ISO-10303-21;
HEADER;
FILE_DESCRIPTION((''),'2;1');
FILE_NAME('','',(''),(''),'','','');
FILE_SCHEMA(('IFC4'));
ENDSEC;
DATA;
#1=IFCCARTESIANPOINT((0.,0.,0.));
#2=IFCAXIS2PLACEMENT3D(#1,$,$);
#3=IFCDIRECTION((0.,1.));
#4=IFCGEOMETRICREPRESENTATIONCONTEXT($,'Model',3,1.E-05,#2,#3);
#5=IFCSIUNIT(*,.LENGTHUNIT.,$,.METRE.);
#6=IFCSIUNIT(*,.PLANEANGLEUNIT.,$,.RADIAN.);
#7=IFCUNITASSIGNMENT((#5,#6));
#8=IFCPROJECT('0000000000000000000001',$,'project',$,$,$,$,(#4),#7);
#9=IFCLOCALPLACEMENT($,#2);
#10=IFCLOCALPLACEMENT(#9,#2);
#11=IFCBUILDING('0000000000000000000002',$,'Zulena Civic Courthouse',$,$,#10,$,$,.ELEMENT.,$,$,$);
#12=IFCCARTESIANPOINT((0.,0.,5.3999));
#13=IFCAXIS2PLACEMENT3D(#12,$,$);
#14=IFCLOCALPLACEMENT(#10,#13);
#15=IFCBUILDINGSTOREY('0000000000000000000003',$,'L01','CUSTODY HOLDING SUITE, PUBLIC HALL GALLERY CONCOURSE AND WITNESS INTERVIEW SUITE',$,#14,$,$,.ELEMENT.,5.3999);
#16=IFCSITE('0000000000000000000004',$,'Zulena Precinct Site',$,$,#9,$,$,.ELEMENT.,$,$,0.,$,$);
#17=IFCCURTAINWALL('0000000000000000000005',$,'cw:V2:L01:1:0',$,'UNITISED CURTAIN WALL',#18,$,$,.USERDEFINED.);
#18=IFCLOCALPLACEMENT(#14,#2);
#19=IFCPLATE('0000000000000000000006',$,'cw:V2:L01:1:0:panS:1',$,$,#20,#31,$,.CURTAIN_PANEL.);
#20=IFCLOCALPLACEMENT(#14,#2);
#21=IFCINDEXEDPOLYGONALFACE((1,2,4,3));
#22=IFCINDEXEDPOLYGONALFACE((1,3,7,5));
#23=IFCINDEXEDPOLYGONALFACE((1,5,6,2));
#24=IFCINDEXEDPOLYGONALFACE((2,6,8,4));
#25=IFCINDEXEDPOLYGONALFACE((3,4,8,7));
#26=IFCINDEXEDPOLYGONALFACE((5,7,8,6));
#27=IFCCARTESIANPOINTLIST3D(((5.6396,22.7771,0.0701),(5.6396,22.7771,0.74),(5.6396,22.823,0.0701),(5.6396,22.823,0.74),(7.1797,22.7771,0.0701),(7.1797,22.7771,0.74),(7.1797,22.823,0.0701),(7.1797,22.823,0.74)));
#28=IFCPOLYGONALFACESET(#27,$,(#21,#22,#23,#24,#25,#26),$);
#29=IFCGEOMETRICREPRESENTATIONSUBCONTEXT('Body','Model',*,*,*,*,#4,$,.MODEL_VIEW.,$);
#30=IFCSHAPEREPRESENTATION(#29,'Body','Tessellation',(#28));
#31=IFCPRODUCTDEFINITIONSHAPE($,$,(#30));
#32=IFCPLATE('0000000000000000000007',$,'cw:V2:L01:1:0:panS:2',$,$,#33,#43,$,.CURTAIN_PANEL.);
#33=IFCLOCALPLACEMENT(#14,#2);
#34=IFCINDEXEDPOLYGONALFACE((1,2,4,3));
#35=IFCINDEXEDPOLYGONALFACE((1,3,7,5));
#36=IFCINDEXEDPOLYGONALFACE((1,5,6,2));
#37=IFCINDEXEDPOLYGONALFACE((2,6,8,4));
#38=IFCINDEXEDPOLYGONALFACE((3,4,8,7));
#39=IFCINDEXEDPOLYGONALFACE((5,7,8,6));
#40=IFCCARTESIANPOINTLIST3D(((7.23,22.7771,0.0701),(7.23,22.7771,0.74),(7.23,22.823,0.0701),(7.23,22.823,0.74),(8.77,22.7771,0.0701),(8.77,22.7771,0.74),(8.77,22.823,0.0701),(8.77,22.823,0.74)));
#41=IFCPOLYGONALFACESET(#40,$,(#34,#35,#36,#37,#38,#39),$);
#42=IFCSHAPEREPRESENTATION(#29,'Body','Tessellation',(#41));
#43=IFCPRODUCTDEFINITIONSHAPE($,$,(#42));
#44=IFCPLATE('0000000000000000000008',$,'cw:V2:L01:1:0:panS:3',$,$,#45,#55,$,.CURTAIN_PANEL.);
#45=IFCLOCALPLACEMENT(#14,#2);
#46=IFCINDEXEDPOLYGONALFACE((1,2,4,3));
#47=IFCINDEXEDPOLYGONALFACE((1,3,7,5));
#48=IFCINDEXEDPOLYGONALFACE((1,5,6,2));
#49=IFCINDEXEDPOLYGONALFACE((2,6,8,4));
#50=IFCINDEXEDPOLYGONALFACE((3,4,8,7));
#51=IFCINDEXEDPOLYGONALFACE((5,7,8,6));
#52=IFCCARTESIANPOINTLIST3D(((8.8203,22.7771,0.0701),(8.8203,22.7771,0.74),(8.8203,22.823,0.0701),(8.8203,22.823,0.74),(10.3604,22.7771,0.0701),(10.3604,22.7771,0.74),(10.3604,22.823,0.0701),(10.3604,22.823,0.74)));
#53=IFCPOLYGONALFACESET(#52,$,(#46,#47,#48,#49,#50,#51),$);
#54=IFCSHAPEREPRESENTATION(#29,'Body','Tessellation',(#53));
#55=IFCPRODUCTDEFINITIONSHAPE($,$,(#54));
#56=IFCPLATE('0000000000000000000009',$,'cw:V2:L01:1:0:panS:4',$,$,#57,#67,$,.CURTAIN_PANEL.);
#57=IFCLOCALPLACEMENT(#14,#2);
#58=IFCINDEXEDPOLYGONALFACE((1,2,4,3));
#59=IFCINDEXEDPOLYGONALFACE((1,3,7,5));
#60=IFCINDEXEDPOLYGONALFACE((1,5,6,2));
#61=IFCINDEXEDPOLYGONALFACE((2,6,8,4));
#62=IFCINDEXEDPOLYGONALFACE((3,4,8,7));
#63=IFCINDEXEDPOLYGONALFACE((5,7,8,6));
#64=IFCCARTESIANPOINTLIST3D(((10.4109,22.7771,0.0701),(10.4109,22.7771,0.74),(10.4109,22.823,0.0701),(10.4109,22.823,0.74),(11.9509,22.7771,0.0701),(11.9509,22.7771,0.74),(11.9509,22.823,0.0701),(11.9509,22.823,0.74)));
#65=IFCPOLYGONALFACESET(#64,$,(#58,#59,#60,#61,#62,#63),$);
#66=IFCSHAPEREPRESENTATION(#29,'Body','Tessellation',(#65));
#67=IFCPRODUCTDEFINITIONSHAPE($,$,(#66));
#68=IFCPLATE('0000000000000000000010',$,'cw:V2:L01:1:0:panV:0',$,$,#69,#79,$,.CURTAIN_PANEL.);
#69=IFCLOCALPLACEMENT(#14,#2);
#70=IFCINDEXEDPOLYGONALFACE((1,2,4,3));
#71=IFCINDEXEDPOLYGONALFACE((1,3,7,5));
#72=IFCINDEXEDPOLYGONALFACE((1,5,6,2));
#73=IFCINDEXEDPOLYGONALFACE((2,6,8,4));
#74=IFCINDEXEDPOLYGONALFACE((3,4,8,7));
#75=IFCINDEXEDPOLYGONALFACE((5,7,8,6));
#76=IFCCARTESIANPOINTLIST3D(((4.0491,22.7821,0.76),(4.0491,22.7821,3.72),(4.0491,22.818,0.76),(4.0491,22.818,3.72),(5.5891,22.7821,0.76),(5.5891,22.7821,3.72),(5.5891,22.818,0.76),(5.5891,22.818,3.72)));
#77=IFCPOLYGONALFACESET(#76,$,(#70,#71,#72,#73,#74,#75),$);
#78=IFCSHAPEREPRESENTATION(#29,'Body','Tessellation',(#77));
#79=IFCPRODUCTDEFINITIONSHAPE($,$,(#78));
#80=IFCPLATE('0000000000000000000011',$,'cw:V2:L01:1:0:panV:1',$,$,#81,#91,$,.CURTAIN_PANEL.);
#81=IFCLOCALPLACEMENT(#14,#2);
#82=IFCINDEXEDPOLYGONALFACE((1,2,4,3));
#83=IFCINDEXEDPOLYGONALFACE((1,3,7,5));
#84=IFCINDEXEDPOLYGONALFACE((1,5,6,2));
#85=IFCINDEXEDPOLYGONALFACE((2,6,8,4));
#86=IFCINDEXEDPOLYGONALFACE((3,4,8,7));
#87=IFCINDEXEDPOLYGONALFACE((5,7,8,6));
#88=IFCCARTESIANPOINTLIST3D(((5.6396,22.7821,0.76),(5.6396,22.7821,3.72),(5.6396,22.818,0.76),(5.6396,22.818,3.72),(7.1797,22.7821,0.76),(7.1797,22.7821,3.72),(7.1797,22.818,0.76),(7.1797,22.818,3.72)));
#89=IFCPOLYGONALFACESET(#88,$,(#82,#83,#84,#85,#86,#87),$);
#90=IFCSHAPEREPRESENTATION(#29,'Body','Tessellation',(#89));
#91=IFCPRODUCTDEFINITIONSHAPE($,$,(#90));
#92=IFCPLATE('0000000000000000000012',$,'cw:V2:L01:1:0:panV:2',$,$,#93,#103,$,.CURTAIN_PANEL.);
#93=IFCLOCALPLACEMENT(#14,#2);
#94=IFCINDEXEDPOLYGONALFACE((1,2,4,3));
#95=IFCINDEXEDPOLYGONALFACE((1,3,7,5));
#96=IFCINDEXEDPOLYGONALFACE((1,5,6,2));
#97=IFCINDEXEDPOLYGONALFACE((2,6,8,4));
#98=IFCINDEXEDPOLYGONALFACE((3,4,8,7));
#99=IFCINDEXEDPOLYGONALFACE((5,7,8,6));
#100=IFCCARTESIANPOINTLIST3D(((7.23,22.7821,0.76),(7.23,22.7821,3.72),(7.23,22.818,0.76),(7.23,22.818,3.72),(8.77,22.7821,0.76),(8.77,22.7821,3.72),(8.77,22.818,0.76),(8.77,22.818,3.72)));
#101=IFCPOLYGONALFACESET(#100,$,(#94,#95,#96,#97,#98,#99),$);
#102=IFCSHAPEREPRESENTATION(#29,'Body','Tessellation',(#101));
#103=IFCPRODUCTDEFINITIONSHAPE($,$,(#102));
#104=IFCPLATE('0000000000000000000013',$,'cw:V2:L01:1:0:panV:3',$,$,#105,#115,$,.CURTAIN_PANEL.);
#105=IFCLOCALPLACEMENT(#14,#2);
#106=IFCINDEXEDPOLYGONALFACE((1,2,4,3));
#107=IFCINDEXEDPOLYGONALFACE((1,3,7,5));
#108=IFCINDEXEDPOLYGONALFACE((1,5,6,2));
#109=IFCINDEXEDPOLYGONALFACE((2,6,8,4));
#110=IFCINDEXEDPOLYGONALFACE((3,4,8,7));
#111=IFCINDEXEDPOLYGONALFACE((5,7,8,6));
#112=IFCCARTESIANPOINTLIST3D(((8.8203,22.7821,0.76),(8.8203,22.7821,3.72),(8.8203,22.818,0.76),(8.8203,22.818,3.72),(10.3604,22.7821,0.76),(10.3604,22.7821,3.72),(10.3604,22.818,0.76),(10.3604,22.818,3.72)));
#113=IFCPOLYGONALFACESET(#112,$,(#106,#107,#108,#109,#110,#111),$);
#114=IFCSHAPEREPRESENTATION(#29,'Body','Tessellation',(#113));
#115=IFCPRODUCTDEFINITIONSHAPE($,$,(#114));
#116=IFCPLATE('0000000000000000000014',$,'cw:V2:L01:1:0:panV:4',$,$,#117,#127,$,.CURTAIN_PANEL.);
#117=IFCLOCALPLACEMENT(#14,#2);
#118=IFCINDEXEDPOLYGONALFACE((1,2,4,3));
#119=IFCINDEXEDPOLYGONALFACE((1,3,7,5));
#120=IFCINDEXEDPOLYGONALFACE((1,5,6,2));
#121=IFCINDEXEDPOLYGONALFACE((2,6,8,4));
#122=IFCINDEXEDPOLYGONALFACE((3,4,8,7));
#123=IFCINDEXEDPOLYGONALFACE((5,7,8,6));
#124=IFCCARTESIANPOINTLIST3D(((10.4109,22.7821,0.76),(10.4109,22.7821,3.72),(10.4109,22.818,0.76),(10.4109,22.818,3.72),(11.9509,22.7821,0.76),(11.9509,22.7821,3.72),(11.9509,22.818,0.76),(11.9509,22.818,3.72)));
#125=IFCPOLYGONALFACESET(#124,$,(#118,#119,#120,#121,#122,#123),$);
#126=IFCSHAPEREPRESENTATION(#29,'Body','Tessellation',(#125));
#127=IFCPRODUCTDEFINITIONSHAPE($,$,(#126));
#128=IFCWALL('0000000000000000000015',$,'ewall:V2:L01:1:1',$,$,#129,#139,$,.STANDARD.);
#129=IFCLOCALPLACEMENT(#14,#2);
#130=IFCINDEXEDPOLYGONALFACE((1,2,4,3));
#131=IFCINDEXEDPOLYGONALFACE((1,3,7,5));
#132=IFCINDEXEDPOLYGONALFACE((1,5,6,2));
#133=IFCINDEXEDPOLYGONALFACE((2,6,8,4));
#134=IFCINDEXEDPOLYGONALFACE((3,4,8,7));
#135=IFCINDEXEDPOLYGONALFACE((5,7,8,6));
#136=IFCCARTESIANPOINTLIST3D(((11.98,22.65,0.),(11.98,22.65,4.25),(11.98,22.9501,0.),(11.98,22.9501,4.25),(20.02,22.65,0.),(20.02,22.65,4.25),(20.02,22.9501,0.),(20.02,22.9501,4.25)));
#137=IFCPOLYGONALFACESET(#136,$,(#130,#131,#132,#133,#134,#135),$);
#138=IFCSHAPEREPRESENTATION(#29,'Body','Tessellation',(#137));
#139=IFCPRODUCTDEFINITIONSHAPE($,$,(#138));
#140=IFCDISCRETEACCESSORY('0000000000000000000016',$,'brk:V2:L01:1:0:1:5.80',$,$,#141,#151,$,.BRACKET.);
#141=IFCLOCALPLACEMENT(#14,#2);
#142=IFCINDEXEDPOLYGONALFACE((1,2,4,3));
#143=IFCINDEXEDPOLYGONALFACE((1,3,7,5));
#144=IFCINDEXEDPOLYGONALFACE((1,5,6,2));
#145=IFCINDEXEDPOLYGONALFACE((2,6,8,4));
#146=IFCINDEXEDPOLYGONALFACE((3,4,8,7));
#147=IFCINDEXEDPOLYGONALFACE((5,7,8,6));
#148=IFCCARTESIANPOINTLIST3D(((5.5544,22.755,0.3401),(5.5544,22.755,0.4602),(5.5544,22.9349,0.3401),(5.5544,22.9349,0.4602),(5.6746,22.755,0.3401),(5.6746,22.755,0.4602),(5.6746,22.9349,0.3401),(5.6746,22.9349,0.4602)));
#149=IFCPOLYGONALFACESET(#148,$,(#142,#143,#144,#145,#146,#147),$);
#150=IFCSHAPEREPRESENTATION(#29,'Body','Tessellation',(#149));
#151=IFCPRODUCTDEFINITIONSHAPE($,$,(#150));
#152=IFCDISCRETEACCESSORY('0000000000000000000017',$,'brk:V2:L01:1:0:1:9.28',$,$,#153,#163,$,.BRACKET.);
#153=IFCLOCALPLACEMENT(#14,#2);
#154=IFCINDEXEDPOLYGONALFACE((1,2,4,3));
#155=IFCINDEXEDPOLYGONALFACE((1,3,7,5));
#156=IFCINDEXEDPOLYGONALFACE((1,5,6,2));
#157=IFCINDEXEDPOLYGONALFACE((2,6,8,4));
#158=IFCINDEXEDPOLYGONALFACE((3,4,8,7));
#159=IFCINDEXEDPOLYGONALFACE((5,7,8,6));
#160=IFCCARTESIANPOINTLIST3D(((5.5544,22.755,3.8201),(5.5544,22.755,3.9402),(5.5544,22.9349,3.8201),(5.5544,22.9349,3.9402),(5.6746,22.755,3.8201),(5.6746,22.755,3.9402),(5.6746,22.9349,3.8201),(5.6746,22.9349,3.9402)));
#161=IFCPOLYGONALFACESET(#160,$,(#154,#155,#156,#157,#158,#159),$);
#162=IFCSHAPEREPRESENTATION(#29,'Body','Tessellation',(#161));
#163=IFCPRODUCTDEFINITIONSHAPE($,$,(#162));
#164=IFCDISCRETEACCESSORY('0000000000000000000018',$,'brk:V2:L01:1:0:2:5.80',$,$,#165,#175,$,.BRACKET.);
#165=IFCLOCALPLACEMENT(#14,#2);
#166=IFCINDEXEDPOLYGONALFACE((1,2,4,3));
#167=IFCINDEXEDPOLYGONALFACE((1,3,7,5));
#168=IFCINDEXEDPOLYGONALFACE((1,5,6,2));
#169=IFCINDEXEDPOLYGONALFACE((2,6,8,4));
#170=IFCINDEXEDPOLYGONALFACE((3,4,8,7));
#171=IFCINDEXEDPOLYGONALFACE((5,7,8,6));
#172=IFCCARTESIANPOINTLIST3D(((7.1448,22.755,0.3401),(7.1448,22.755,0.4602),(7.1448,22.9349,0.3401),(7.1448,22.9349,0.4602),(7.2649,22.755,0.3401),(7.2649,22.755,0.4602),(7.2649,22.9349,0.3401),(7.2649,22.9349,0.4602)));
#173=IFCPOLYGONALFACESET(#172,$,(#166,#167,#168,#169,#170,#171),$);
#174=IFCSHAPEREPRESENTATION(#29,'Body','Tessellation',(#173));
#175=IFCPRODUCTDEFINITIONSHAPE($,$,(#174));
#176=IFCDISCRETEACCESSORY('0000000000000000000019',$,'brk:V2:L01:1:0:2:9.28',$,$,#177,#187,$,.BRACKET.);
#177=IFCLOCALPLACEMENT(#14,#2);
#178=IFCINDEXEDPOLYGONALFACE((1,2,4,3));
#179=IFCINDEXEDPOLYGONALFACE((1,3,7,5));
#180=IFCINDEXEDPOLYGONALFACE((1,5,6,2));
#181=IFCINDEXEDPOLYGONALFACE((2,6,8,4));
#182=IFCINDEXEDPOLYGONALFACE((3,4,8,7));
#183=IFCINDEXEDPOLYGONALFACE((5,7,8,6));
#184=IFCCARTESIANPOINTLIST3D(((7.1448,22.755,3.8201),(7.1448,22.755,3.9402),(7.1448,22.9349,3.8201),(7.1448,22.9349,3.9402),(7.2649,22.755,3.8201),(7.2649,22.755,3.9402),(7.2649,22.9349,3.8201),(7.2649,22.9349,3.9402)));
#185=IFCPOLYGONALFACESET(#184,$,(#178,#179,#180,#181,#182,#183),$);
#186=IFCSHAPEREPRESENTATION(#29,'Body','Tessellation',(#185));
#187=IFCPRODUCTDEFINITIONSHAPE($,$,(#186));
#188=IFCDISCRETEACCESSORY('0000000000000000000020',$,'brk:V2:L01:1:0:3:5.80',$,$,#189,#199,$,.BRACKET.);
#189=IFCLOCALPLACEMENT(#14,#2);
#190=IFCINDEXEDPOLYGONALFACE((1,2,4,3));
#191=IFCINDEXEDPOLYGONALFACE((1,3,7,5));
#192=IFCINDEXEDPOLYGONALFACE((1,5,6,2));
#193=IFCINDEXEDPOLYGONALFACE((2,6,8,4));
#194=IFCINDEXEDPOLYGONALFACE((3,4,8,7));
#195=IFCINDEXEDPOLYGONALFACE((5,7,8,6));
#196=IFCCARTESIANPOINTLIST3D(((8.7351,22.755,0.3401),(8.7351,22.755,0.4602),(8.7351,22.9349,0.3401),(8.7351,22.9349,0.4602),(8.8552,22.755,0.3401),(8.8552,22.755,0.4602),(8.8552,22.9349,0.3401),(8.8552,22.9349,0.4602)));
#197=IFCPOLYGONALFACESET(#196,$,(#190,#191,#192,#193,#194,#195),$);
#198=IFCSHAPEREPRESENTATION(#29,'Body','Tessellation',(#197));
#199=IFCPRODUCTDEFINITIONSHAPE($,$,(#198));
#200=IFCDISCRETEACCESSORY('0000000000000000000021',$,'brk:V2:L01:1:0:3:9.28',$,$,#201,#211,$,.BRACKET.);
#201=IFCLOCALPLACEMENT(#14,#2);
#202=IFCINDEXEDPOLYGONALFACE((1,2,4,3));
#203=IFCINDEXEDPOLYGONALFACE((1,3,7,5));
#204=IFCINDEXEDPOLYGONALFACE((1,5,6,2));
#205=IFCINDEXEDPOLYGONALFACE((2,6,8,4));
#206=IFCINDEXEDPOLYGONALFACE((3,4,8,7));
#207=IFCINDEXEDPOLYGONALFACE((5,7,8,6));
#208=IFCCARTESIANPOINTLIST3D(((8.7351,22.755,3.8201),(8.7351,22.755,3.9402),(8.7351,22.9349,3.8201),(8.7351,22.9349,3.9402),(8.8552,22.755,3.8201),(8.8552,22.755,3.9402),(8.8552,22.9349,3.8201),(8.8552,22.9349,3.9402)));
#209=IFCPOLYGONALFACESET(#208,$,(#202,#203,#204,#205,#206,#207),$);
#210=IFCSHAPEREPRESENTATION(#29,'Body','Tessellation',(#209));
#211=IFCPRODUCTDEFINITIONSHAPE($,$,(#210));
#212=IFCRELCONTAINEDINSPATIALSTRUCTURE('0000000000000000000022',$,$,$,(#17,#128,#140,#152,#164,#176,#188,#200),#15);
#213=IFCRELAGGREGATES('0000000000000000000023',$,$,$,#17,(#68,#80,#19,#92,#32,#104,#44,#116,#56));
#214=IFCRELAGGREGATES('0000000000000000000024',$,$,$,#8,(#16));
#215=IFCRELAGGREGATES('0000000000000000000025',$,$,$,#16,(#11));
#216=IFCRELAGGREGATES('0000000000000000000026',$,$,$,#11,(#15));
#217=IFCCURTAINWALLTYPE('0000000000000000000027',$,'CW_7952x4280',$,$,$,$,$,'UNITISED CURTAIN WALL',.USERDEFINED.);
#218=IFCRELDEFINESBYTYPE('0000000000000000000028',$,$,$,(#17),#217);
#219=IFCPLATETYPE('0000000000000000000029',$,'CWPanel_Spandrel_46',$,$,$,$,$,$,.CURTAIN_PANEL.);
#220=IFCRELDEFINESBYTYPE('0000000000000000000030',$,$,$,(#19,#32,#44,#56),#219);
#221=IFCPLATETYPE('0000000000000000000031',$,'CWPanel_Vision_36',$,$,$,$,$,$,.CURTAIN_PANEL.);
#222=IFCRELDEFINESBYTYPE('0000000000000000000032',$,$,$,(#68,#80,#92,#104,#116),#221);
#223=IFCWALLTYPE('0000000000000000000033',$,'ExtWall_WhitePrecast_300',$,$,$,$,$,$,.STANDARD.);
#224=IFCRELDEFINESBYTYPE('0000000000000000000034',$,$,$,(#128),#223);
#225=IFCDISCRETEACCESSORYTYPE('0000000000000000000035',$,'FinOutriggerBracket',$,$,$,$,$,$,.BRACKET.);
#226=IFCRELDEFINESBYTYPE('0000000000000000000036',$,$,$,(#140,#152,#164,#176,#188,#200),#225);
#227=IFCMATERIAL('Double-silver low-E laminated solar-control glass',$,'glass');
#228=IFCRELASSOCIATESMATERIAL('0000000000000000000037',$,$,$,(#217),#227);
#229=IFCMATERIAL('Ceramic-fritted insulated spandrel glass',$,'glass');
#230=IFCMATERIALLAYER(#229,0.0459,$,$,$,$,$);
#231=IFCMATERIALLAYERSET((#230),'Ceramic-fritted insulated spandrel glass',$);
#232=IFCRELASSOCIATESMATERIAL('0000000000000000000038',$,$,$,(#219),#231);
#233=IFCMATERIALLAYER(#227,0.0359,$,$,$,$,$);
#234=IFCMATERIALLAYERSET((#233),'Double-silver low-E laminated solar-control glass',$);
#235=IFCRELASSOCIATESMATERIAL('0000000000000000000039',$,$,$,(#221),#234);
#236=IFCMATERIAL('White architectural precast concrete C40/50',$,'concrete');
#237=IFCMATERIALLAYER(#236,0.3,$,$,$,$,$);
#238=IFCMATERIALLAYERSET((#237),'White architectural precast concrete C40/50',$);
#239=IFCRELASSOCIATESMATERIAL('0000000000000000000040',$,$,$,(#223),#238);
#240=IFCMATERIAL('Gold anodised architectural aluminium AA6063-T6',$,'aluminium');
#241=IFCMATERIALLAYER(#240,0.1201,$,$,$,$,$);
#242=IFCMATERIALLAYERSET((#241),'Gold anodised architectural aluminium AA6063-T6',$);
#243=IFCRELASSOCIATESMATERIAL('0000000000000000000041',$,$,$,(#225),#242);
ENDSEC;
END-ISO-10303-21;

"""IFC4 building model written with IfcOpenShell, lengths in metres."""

from ifc_helpers import new_model, si_unit, direction, frame, frame_2d, origin, origin_2d, place, context, subcontext, project, spatial, rectangle, extrude, material, layer, layer_set, type_object, element, aggregate, save


model = new_model("IFC4")

# Units and contexts
model_context = context("Model", 3, precision=1e-05, world=origin(), true_north=direction((0.0, 1.0)))
body_context = subcontext(model_context, "Body", "Model", "MODEL_VIEW")
ifc_project = project(units=[si_unit("LENGTHUNIT", "METRE"), si_unit("PLANEANGLEUNIT", "RADIAN")], contexts=[model_context])

# Site, building, storey
site_placement = place(None, origin())
site = spatial("IfcSite", under=ifc_project, at=site_placement, Name="Zulena Precinct Site", CompositionType="ELEMENT", RefElevation=0.0)
building_placement = place(site_placement, origin())
building = spatial("IfcBuilding", under=site, at=building_placement, Name="Zulena Civic Courthouse", CompositionType="ELEMENT")
storey_placement = place(building_placement, frame((0.0, 0.0, 5.3999)))
storey = spatial("IfcBuildingStorey", under=building, at=storey_placement, Name="L01", Description="CUSTODY HOLDING SUITE, PUBLIC HALL GALLERY CONCOURSE AND WITNESS INTERVIEW SUITE", CompositionType="ELEMENT", Elevation=5.3999)

# Curtain wall
ifc_material_1 = material(Name="Double-silver low-E laminated solar-control glass", Category="glass")
curtain_wall_type = type_object("IfcCurtainWallType", Name="CW_7952x4280", ElementType="UNITISED CURTAIN WALL", PredefinedType="USERDEFINED", material=ifc_material_1)
curtain_wall_placement = place(storey_placement, origin())
curtain_wall = element("IfcCurtainWall", 1, at=curtain_wall_placement, inside=storey, type_object=curtain_wall_type, Name="cw:V2:L01:1:0", ObjectType="UNITISED CURTAIN WALL", PredefinedType="USERDEFINED")

# Plates
ifc_material_2 = material(Name="Ceramic-fritted insulated spandrel glass", Category="glass")
ifc_layer_1 = layer(ifc_material_2, 0.0459)
ifc_layer_set_1 = layer_set([ifc_layer_1], Name="Ceramic-fritted insulated spandrel glass")
plate_type_1 = type_object("IfcPlateType", Name="CWPanel_Spandrel_46", PredefinedType="CURTAIN_PANEL", material=ifc_layer_set_1)
plate_1_placement = place(storey_placement, frame((6.4097, 22.8, 0.0701), z_axis=(0.0, 0.0, 1.0), x_axis=(1.0, 0.0, 0.0)))
plate_1 = element("IfcPlate", 2, at=plate_1_placement, type_object=plate_type_1, Name="cw:V2:L01:1:0:panS:1", PredefinedType="CURTAIN_PANEL", context=body_context, shape_type="SweptSolid", body=[
    extrude(rectangle(XDim=1.54, YDim=0.0459, at=origin_2d()), origin(), (0.0, 0.0, 1.0), 0.6699),
])
plate_2_placement = place(storey_placement, frame((8.0, 22.8, 0.0701), z_axis=(0.0, 0.0, 1.0), x_axis=(1.0, 0.0, 0.0)))
plate_2 = element("IfcPlate", 3, at=plate_2_placement, type_object=plate_type_1, Name="cw:V2:L01:1:0:panS:2", PredefinedType="CURTAIN_PANEL", context=body_context, shape_type="SweptSolid", body=[
    extrude(rectangle(XDim=1.54, YDim=0.0459, at=origin_2d()), origin(), (0.0, 0.0, 1.0), 0.6699),
])
plate_3_placement = place(storey_placement, frame((9.5903, 22.8, 0.0701), z_axis=(0.0, 0.0, 1.0), x_axis=(1.0, 0.0, 0.0)))
plate_3 = element("IfcPlate", 4, at=plate_3_placement, type_object=plate_type_1, Name="cw:V2:L01:1:0:panS:3", PredefinedType="CURTAIN_PANEL", context=body_context, shape_type="SweptSolid", body=[
    extrude(rectangle(XDim=1.54, YDim=0.0459, at=origin_2d()), origin(), (0.0, 0.0, 1.0), 0.6699),
])
plate_4_placement = place(storey_placement, frame((11.1809, 22.8, 0.0701), z_axis=(0.0, 0.0, 1.0), x_axis=(1.0, 0.0, 0.0)))
plate_4 = element("IfcPlate", 5, at=plate_4_placement, type_object=plate_type_1, Name="cw:V2:L01:1:0:panS:4", PredefinedType="CURTAIN_PANEL", context=body_context, shape_type="SweptSolid", body=[
    extrude(rectangle(XDim=1.54, YDim=0.0459, at=origin_2d()), origin(), (0.0, 0.0, 1.0), 0.6699),
])
ifc_layer_2 = layer(ifc_material_1, 0.0359)
ifc_layer_set_2 = layer_set([ifc_layer_2], Name="Double-silver low-E laminated solar-control glass")
plate_type_2 = type_object("IfcPlateType", Name="CWPanel_Vision_36", PredefinedType="CURTAIN_PANEL", material=ifc_layer_set_2)
plate_5_placement = place(storey_placement, frame((4.8191, 22.8, 0.76), z_axis=(0.0, 0.0, 1.0), x_axis=(1.0, 0.0, 0.0)))
plate_5 = element("IfcPlate", 6, at=plate_5_placement, type_object=plate_type_2, Name="cw:V2:L01:1:0:panV:0", PredefinedType="CURTAIN_PANEL", context=body_context, shape_type="SweptSolid", body=[
    extrude(rectangle(XDim=1.54, YDim=0.0359, at=origin_2d()), origin(), (0.0, 0.0, 1.0), 2.96),
])
plate_6_placement = place(storey_placement, frame((6.4097, 22.8, 0.76), z_axis=(0.0, 0.0, 1.0), x_axis=(1.0, 0.0, 0.0)))
plate_6 = element("IfcPlate", 7, at=plate_6_placement, type_object=plate_type_2, Name="cw:V2:L01:1:0:panV:1", PredefinedType="CURTAIN_PANEL", context=body_context, shape_type="SweptSolid", body=[
    extrude(rectangle(XDim=1.54, YDim=0.0359, at=origin_2d()), origin(), (0.0, 0.0, 1.0), 2.96),
])
plate_7_placement = place(storey_placement, frame((8.0, 22.8, 0.76), z_axis=(0.0, 0.0, 1.0), x_axis=(1.0, 0.0, 0.0)))
plate_7 = element("IfcPlate", 8, at=plate_7_placement, type_object=plate_type_2, Name="cw:V2:L01:1:0:panV:2", PredefinedType="CURTAIN_PANEL", context=body_context, shape_type="SweptSolid", body=[
    extrude(rectangle(XDim=1.54, YDim=0.0359, at=origin_2d()), origin(), (0.0, 0.0, 1.0), 2.96),
])
plate_8_placement = place(storey_placement, frame((9.5903, 22.8, 0.76), z_axis=(0.0, 0.0, 1.0), x_axis=(1.0, 0.0, 0.0)))
plate_8 = element("IfcPlate", 9, at=plate_8_placement, type_object=plate_type_2, Name="cw:V2:L01:1:0:panV:3", PredefinedType="CURTAIN_PANEL", context=body_context, shape_type="SweptSolid", body=[
    extrude(rectangle(XDim=1.54, YDim=0.0359, at=origin_2d()), origin(), (0.0, 0.0, 1.0), 2.96),
])
plate_9_placement = place(storey_placement, frame((11.1809, 22.8, 0.76), z_axis=(0.0, 0.0, 1.0), x_axis=(1.0, 0.0, 0.0)))
plate_9 = element("IfcPlate", 10, at=plate_9_placement, type_object=plate_type_2, Name="cw:V2:L01:1:0:panV:4", PredefinedType="CURTAIN_PANEL", context=body_context, shape_type="SweptSolid", body=[
    extrude(rectangle(XDim=1.54, YDim=0.0359, at=origin_2d()), origin(), (0.0, 0.0, 1.0), 2.96),
])
aggregate(curtain_wall, [plate_5, plate_6, plate_1, plate_7, plate_2, plate_8, plate_3, plate_9, plate_4])

# Wall
ifc_material_3 = material(Name="White architectural precast concrete C40/50", Category="concrete")
ifc_layer_3 = layer(ifc_material_3, 0.3)
ifc_layer_set_3 = layer_set([ifc_layer_3], Name="White architectural precast concrete C40/50")
wall_type = type_object("IfcWallType", Name="ExtWall_WhitePrecast_300", PredefinedType="STANDARD", material=ifc_layer_set_3)
wall_placement = place(storey_placement, frame((11.98, 22.8, 0.0), z_axis=(0.0, 0.0, 1.0), x_axis=(1.0, 0.0, 0.0)))
element("IfcWall", 11, at=wall_placement, inside=storey, type_object=wall_type, Name="ewall:V2:L01:1:1", PredefinedType="STANDARD", context=body_context, shape_type="SweptSolid", body=[
    extrude(rectangle(XDim=8.04, YDim=0.3, at=frame_2d((4.02, 0.0))), origin(), (0.0, 0.0, 1.0), 4.25),
])

# Discrete accessories
ifc_material_4 = material(Name="Gold anodised architectural aluminium AA6063-T6", Category="aluminium")
ifc_layer_4 = layer(ifc_material_4, 0.1201)
ifc_layer_set_4 = layer_set([ifc_layer_4], Name="Gold anodised architectural aluminium AA6063-T6")
discrete_accessory_type = type_object("IfcDiscreteAccessoryType", Name="FinOutriggerBracket", PredefinedType="BRACKET", material=ifc_layer_set_4)
for number, where, z_axis, x_axis, name in (
    (12, (5.6145, 22.845, 0.3401), (0.0, 0.0, 1.0), (0.0, 1.0, 0.0), "brk:V2:L01:1:0:1:5.80"),
    (13, (5.6145, 22.845, 3.8201), (0.0, 0.0, 1.0), (0.0, 1.0, 0.0), "brk:V2:L01:1:0:1:9.28"),
    (14, (7.2048, 22.845, 0.3401), (0.0, 0.0, 1.0), (0.0, 1.0, 0.0), "brk:V2:L01:1:0:2:5.80"),
    (15, (7.2048, 22.845, 3.8201), (0.0, 0.0, 1.0), (0.0, 1.0, 0.0), "brk:V2:L01:1:0:2:9.28"),
    (16, (8.7952, 22.845, 0.3401), (0.0, 0.0, 1.0), (0.0, 1.0, 0.0), "brk:V2:L01:1:0:3:5.80"),
    (17, (8.7952, 22.845, 3.8201), (0.0, 0.0, 1.0), (0.0, 1.0, 0.0), "brk:V2:L01:1:0:3:9.28"),
):
    element("IfcDiscreteAccessory", number, at=place(storey_placement, frame(where, z_axis=z_axis, x_axis=x_axis)), inside=storey, type_object=discrete_accessory_type, Name=name, PredefinedType="BRACKET", context=body_context, shape_type="SweptSolid", body=[
        extrude(rectangle(XDim=0.1799, YDim=0.1201, at=origin_2d()), origin(), (0.0, 0.0, 1.0), 0.1201),
    ])

save(model, "model.ifc")
